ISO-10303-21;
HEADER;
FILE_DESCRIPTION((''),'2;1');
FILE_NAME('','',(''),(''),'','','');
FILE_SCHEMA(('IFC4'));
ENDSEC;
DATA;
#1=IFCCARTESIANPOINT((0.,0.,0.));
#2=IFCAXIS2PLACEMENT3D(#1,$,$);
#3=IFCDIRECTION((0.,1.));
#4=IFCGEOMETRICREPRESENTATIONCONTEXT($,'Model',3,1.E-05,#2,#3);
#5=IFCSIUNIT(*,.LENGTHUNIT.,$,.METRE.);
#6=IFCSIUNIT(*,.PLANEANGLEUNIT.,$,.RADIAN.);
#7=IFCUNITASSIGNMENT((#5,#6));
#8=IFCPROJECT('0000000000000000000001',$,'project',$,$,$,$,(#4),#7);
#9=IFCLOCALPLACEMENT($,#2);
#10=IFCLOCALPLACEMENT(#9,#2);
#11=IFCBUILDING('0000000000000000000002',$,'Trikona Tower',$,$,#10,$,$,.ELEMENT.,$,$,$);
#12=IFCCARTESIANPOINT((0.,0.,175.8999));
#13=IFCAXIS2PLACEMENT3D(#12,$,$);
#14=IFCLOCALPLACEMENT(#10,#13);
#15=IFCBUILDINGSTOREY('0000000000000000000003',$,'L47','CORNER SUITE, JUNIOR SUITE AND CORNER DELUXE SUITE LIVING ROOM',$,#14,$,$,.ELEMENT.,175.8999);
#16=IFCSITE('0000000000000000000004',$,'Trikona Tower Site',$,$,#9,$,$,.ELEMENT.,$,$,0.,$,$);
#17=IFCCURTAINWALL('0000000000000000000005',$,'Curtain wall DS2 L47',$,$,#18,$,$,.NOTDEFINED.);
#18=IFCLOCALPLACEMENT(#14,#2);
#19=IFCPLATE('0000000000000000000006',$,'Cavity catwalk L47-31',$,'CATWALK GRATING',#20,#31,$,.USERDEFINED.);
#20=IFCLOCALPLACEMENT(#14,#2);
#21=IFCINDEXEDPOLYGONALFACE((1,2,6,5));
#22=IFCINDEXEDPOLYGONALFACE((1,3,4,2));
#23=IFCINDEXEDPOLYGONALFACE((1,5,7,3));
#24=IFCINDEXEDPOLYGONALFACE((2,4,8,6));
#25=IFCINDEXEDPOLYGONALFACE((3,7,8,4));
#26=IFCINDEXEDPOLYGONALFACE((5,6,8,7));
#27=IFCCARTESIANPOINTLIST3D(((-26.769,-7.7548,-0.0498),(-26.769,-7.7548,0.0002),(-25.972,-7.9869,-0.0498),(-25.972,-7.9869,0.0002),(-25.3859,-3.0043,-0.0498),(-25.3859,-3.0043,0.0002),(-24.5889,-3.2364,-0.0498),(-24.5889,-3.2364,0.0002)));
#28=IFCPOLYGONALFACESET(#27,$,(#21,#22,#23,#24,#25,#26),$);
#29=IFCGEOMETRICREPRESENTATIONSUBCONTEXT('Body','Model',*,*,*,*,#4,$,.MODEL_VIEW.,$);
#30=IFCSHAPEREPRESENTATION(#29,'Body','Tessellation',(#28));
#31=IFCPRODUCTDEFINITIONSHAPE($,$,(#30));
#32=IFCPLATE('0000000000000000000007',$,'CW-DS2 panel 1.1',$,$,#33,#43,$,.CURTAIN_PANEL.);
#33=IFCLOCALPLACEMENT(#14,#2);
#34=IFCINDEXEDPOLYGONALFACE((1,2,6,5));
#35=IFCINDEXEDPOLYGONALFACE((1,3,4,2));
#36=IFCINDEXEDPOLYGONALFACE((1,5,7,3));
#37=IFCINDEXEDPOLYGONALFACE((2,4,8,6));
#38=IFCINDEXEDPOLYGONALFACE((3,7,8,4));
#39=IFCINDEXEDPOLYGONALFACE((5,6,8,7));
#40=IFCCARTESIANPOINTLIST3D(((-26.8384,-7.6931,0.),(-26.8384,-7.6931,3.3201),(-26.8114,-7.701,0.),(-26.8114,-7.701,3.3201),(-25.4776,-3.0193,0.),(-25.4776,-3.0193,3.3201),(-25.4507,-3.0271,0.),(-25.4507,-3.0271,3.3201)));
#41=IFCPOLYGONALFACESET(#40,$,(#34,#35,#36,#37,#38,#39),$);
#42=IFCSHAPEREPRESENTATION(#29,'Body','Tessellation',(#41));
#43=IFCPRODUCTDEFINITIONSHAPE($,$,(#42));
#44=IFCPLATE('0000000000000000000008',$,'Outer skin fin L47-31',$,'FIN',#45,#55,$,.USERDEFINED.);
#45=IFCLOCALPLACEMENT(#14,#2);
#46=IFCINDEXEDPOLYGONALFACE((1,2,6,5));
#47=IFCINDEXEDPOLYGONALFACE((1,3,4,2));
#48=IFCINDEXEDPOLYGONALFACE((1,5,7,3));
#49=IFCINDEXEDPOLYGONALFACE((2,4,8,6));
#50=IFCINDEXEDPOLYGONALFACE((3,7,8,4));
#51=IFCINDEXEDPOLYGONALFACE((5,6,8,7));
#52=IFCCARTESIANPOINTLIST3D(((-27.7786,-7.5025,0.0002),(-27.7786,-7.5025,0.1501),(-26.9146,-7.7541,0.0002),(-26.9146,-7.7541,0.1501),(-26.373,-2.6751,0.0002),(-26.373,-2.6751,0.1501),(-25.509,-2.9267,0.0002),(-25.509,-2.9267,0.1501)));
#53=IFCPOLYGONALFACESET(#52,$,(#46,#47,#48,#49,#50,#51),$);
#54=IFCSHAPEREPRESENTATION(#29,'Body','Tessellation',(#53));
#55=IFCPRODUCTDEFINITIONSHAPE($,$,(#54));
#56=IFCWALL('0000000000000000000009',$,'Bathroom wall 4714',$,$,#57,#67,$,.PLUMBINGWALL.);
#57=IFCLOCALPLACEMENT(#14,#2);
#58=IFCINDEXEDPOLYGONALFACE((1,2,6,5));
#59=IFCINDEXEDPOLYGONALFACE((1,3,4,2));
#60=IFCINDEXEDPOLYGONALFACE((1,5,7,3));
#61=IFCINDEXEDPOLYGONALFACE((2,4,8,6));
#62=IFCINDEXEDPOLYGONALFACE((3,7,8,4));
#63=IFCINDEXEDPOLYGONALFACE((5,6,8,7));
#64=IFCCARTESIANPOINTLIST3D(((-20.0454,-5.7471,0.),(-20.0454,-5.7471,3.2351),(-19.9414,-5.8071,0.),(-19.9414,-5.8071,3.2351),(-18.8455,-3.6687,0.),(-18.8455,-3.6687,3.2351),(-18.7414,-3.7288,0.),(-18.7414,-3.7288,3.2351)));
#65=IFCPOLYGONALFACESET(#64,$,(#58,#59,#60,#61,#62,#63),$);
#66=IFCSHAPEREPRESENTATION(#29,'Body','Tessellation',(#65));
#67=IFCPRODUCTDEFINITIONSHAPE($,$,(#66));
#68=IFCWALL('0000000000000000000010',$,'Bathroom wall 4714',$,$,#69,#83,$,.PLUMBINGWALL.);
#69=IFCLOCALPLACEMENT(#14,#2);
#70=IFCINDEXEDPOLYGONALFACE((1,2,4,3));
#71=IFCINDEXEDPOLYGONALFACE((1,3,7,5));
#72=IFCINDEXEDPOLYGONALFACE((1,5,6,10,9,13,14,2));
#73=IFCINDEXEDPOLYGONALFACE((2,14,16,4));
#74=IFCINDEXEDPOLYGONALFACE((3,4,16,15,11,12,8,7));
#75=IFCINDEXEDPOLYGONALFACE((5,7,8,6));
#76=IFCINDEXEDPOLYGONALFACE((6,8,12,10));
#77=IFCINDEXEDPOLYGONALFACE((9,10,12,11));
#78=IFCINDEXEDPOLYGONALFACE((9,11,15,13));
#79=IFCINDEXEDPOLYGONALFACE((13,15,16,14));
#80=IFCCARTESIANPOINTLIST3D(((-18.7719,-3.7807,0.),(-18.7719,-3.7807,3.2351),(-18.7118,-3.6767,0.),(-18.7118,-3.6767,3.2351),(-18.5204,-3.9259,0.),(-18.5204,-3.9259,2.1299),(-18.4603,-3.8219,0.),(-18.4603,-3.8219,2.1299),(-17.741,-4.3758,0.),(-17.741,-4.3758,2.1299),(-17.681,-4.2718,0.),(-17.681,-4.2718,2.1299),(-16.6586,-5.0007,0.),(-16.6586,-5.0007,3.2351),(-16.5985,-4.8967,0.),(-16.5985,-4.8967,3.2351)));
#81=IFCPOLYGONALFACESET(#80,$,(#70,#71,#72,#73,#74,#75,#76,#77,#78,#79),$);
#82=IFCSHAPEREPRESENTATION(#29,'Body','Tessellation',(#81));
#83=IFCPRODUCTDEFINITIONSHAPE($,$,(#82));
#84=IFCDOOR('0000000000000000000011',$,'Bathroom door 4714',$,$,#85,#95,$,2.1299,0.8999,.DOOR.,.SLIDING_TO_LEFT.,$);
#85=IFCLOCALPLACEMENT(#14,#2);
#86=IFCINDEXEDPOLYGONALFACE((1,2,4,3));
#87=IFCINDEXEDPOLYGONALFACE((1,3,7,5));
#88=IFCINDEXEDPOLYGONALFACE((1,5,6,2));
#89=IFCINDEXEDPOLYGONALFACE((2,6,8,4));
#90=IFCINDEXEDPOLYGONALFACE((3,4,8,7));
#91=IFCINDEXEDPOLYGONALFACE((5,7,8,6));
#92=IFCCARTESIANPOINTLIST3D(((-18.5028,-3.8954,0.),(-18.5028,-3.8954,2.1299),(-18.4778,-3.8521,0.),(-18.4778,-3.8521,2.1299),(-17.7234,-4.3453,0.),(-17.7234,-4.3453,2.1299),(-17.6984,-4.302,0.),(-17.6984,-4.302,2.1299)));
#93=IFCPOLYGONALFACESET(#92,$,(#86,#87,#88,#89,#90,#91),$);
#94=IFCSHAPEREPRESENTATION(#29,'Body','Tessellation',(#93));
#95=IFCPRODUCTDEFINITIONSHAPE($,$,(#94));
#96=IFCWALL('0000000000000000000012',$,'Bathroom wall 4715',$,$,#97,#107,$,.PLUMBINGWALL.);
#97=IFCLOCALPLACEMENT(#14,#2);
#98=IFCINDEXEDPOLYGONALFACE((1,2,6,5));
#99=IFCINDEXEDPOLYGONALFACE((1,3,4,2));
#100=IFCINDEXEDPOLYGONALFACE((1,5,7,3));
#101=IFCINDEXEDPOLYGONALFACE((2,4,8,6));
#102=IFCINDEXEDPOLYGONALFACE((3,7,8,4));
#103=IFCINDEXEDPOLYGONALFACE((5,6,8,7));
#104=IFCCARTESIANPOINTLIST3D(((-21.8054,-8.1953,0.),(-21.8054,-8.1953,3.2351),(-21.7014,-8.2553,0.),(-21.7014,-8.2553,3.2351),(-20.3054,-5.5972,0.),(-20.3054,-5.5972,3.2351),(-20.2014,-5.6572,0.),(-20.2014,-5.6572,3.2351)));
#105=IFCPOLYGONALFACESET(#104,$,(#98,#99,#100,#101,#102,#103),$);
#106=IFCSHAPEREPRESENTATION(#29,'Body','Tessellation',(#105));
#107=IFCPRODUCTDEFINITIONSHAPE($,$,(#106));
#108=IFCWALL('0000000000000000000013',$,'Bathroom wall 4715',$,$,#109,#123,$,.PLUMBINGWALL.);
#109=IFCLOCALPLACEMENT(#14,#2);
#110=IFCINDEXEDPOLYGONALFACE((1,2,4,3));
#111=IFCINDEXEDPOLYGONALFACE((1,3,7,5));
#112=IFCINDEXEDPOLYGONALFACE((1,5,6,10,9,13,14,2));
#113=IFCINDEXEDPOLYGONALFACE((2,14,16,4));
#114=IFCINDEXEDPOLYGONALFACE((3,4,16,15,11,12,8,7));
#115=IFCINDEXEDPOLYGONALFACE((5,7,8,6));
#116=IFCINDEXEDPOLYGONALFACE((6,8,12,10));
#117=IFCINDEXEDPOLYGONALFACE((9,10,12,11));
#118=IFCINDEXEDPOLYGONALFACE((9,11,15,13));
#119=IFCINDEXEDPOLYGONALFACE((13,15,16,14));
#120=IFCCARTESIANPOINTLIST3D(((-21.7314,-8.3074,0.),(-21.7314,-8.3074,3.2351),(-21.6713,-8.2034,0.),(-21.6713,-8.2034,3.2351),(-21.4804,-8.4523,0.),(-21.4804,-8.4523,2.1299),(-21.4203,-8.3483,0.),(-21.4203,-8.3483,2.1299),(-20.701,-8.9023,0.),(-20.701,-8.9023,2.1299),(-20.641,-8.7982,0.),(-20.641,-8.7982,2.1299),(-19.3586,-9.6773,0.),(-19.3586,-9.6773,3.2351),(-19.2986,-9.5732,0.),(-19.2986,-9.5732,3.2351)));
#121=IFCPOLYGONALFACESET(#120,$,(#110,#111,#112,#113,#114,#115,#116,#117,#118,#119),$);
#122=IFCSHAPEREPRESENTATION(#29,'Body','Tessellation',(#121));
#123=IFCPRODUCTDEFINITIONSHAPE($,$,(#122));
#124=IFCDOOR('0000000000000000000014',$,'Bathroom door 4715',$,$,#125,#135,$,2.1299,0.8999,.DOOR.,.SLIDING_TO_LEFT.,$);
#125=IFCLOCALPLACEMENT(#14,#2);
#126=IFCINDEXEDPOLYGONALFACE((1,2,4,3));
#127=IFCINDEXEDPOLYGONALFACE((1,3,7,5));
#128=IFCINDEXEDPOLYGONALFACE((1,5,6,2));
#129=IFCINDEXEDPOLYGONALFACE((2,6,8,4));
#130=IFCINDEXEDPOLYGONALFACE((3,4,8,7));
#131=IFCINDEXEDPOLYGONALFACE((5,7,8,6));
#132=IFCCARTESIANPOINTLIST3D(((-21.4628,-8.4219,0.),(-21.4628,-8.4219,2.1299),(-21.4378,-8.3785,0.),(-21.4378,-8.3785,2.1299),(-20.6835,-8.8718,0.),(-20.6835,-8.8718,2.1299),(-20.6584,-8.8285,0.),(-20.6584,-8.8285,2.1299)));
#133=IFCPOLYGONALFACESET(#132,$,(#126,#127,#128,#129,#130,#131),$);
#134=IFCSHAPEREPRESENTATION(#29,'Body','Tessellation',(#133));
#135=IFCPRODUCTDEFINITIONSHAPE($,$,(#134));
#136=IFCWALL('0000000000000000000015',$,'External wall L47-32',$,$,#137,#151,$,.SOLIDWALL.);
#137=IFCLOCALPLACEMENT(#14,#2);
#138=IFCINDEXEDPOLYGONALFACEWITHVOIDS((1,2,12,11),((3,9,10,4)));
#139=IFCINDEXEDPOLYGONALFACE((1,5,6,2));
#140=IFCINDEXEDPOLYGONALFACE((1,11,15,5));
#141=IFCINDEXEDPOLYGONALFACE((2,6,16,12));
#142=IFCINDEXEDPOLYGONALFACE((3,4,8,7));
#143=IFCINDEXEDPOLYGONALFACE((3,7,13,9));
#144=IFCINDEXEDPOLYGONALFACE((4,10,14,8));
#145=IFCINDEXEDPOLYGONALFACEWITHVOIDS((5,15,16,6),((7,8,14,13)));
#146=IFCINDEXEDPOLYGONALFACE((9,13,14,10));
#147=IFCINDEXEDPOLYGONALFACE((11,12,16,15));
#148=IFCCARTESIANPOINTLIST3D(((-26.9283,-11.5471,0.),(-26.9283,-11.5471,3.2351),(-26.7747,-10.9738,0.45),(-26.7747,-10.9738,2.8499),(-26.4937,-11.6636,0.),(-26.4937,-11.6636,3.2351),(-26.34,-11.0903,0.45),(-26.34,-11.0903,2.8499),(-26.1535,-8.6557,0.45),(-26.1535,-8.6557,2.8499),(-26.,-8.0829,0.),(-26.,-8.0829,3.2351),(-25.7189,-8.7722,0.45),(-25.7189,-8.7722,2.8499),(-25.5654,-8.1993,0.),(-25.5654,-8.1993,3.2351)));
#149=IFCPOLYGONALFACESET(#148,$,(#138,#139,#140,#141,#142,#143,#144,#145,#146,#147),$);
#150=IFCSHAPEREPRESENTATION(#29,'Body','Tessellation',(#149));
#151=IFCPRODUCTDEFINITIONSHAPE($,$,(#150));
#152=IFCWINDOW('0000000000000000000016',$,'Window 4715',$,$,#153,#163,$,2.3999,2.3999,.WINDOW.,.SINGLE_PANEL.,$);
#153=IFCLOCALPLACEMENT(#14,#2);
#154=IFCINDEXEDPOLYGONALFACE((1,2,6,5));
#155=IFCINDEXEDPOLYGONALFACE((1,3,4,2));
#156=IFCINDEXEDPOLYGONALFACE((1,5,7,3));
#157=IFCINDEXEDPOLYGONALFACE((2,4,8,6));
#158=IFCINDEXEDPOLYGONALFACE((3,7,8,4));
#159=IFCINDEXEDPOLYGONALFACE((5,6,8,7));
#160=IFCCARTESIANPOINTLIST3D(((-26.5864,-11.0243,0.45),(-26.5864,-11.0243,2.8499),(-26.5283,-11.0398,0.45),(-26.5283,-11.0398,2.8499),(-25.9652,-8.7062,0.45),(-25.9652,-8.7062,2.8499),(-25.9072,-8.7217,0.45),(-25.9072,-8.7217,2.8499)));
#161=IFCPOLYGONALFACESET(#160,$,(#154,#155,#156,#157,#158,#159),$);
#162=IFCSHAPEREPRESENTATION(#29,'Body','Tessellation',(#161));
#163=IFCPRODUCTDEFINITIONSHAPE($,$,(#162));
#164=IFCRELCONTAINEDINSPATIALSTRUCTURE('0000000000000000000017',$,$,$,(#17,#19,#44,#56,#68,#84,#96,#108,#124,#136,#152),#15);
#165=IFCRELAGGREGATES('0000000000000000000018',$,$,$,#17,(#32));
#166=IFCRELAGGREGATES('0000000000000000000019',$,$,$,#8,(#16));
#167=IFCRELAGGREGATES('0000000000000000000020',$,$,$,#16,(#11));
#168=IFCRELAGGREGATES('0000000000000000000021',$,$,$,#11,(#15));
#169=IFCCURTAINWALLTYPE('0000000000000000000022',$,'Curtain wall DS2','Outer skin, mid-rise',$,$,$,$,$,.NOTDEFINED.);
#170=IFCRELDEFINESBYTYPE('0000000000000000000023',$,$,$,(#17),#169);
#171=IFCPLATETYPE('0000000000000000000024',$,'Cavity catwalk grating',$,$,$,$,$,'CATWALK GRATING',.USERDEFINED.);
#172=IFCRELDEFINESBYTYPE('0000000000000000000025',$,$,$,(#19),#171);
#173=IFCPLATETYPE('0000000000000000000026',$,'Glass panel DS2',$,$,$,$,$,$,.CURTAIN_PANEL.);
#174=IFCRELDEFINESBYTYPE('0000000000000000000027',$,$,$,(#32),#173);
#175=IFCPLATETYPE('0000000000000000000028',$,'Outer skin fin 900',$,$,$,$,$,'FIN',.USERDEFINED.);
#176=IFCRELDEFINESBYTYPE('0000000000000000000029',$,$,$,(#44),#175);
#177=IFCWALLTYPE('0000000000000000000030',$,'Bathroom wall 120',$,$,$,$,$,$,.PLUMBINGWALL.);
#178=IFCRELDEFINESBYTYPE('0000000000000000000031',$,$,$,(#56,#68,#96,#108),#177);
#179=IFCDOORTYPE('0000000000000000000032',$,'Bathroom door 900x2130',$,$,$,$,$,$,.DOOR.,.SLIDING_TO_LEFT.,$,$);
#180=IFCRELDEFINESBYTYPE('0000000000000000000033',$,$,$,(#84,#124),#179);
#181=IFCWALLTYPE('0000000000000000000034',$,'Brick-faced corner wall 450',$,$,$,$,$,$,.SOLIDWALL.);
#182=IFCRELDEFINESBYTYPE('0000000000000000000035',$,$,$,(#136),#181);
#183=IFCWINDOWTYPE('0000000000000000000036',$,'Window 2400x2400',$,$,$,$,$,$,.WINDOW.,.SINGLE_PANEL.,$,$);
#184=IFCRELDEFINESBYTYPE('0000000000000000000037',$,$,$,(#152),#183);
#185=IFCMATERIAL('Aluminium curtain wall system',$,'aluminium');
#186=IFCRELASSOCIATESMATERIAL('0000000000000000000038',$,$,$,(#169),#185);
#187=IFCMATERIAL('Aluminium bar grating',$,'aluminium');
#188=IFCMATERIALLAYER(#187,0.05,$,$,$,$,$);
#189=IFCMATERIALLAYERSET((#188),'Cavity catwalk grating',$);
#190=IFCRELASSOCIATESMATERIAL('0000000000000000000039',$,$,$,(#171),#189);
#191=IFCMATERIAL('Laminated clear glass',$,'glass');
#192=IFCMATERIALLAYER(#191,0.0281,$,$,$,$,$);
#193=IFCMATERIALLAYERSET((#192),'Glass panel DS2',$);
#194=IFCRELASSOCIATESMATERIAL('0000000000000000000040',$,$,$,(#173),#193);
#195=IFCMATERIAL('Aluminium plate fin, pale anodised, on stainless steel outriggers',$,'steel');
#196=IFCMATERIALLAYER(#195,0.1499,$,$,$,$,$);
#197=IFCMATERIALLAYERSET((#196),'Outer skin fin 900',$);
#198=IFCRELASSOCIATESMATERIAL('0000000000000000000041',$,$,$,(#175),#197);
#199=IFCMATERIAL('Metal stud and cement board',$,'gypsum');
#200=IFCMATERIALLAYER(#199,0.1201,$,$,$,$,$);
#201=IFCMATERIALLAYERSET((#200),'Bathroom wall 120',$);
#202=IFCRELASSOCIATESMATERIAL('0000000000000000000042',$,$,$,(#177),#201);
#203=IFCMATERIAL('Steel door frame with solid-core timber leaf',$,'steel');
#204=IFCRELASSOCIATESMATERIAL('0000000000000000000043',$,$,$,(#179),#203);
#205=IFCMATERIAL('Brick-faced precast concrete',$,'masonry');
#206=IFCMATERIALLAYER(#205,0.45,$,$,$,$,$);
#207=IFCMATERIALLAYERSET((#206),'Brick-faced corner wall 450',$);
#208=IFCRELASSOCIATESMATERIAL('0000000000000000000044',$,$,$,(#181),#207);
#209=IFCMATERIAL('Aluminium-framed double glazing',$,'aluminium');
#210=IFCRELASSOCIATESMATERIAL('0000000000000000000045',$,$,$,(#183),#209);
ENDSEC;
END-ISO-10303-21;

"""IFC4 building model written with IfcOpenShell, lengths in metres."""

from ifc_helpers import new_model, si_unit, direction, frame, frame_2d, origin, origin_2d, place, context, subcontext, project, spatial, rectangle, extrude, material, layer, layer_set, type_object, element, fill, aggregate, save


model = new_model("IFC4")

# Units and contexts
model_context = context("Model", 3, precision=1e-05, world=origin(), true_north=direction((0.0, 1.0)))
body_context = subcontext(model_context, "Body", "Model", "MODEL_VIEW")
ifc_project = project(units=[si_unit("LENGTHUNIT", "METRE"), si_unit("PLANEANGLEUNIT", "RADIAN")], contexts=[model_context])

# Site, building, storey
site_placement = place(None, origin())
site = spatial("IfcSite", under=ifc_project, at=site_placement, Name="Trikona Tower Site", CompositionType="ELEMENT", RefElevation=0.0)
building_placement = place(site_placement, origin())
building = spatial("IfcBuilding", under=site, at=building_placement, Name="Trikona Tower", CompositionType="ELEMENT")
storey_placement = place(building_placement, frame((0.0, 0.0, 175.8999)))
storey = spatial("IfcBuildingStorey", under=building, at=storey_placement, Name="L47", Description="CORNER SUITE, JUNIOR SUITE AND CORNER DELUXE SUITE LIVING ROOM", CompositionType="ELEMENT", Elevation=175.8999)

# Shared definitions
ifc_material_1 = material(Name="Aluminium curtain wall system", Category="aluminium")
curtain_wall_type = type_object("IfcCurtainWallType", Name="Curtain wall DS2", Description="Outer skin, mid-rise", PredefinedType="NOTDEFINED", material=ifc_material_1)

# Curtain wall
curtain_wall_1_placement = place(storey_placement, origin())
curtain_wall_1 = element("IfcCurtainWall", 1, at=curtain_wall_1_placement, inside=storey, type_object=curtain_wall_type, Name="Curtain wall DS2 L47", PredefinedType="NOTDEFINED")

# Plates
ifc_material_2 = material(Name="Aluminium bar grating", Category="aluminium")
ifc_layer_1 = layer(ifc_material_2, 0.05)
ifc_layer_set_1 = layer_set([ifc_layer_1], Name="Cavity catwalk grating")
plate_type_1 = type_object("IfcPlateType", Name="Cavity catwalk grating", ElementType="CATWALK GRATING", PredefinedType="USERDEFINED", material=ifc_layer_set_1)
plate_1_placement = place(storey_placement, frame((-25.679, -5.4956, -0.0498), z_axis=(0.0, 0.0, 1.0), x_axis=(-0.279554, -0.96013, 0.0)))
element("IfcPlate", 2, at=plate_1_placement, inside=storey, type_object=plate_type_1, Name="Cavity catwalk L47-31", ObjectType="CATWALK GRATING", PredefinedType="USERDEFINED", context=body_context, shape_type="SweptSolid", body=[
    extrude(rectangle(XDim=4.9478, YDim=0.8301, at=origin_2d()), origin(), (0.0, 0.0, 1.0), 0.05),
])
ifc_material_3 = material(Name="Laminated clear glass", Category="glass")
ifc_layer_2 = layer(ifc_material_3, 0.0281)
ifc_layer_set_2 = layer_set([ifc_layer_2], Name="Glass panel DS2")
plate_type_2 = type_object("IfcPlateType", Name="Glass panel DS2", PredefinedType="CURTAIN_PANEL", material=ifc_layer_set_2)
plate_2_placement = place(storey_placement, frame((-26.1445, -5.3601, 0.0), z_axis=(0.0, 0.0, 1.0), x_axis=(-0.279543, -0.960133, 0.0)))
plate_2 = element("IfcPlate", 3, at=plate_2_placement, type_object=plate_type_2, Name="CW-DS2 panel 1.1", PredefinedType="CURTAIN_PANEL", context=body_context, shape_type="SweptSolid", body=[
    extrude(rectangle(XDim=4.8679, YDim=0.0281, at=origin_2d()), origin(), (0.0, 0.0, 1.0), 3.3201),
])
aggregate(curtain_wall_1, [plate_2])
ifc_material_4 = material(Name="Aluminium plate fin, pale anodised, on stainless steel outriggers", Category="steel")
ifc_layer_3 = layer(ifc_material_4, 0.1499)
ifc_layer_set_3 = layer_set([ifc_layer_3], Name="Outer skin fin 900")
plate_type_3 = type_object("IfcPlateType", Name="Outer skin fin 900", ElementType="FIN", PredefinedType="USERDEFINED", material=ifc_layer_set_3)
plate_3_placement = place(storey_placement, frame((-26.6438, -5.2146, 0.0002), z_axis=(0.0, 0.0, 1.0), x_axis=(-0.279554, -0.96013, 0.0)))
element("IfcPlate", 4, at=plate_3_placement, inside=storey, type_object=plate_type_3, Name="Outer skin fin L47-31", ObjectType="FIN", PredefinedType="USERDEFINED", context=body_context, shape_type="SweptSolid", body=[
    extrude(rectangle(XDim=5.0278, YDim=0.8999, at=origin_2d()), origin(), (0.0, 0.0, 1.0), 0.1499),
])

# Wall
ifc_material_5 = material(Name="Metal stud and cement board", Category="gypsum")
ifc_layer_4 = layer(ifc_material_5, 0.1201)
ifc_layer_set_4 = layer_set([ifc_layer_4], Name="Bathroom wall 120")
wall_type_1 = type_object("IfcWallType", Name="Bathroom wall 120", PredefinedType="PLUMBINGWALL", material=ifc_layer_set_4)
wall_1_placement = place(storey_placement, frame((-18.7935, -3.6987, 0.0), z_axis=(0.0, 0.0, 1.0), x_axis=(-0.500001, -0.866025, 0.0)))
element("IfcWall", 5, at=wall_1_placement, inside=storey, type_object=wall_type_1, Name="Bathroom wall 4714", PredefinedType="PLUMBINGWALL", context=body_context, shape_type="SweptSolid", body=[
    extrude(rectangle(XDim=2.3999, YDim=0.1201, at=frame_2d((1.2, 0.0))), origin(), (0.0, 0.0, 1.0), 3.2351),
])

# Wall, opening, door
wall_2_placement = place(storey_placement, frame((-16.6284, -4.9487, 0.0), z_axis=(0.0, 0.0, 1.0), x_axis=(-0.866049, 0.499959, 0.0)))
wall_2 = element("IfcWall", 6, at=wall_2_placement, inside=storey, type_object=wall_type_1, Name="Bathroom wall 4714", PredefinedType="PLUMBINGWALL", context=body_context, shape_type="SweptSolid", body=[
    extrude(rectangle(XDim=2.4402, YDim=0.1201, at=frame_2d((1.2202, 0.0))), origin(), (0.0, 0.0, 1.0), 3.2351),
])
opening_1_placement = place(wall_2_placement, frame((1.25, 0.0, 0.0)))
opening_1 = element("IfcOpeningElement", 7, at=opening_1_placement, cuts=wall_2, PredefinedType="OPENING", context=body_context, shape_type="SweptSolid", body=[
    extrude(rectangle(XDim=0.8999, YDim=2.1299, at=frame_2d((0.45, 1.0649))), frame((0.0, 0.0701, 0.0), z_axis=(0.0, -1.0, 0.0), x_axis=(1.0, 0.0, 0.0)), (0.0, 0.0, 1.0), 0.1401),
])
ifc_material_6 = material(Name="Steel door frame with solid-core timber leaf", Category="steel")
door_type_1 = type_object("IfcDoorType", Name="Bathroom door 900x2130", OperationType="SLIDING_TO_LEFT", PredefinedType="DOOR", material=ifc_material_6)
door_1_placement = place(opening_1_placement, origin())
door_1 = element("IfcDoor", 8, at=door_1_placement, inside=storey, type_object=door_type_1, Name="Bathroom door 4714", OperationType="SLIDING_TO_LEFT", OverallHeight=2.1299, OverallWidth=0.8999, PredefinedType="DOOR", context=body_context, shape_type="SweptSolid", body=[
    extrude(rectangle(XDim=0.8999, YDim=2.1299, at=frame_2d((0.45, 1.0649))), frame((0.0, 0.0249, 0.0), z_axis=(0.0, -1.0, 0.0), x_axis=(1.0, 0.0, 0.0)), (0.0, 0.0, 1.0), 0.05),
])
fill(opening_1, door_1)

# Wall
wall_3_placement = place(storey_placement, frame((-20.2534, -5.6272, 0.0), z_axis=(0.0, 0.0, 1.0), x_axis=(-0.49999, -0.866031, 0.0)))
element("IfcWall", 9, at=wall_3_placement, inside=storey, type_object=wall_type_1, Name="Bathroom wall 4715", PredefinedType="PLUMBINGWALL", context=body_context, shape_type="SweptSolid", body=[
    extrude(rectangle(XDim=3.0, YDim=0.1201, at=frame_2d((1.5, 0.0))), origin(), (0.0, 0.0, 1.0), 3.2351),
])

# Wall, opening, door
wall_4_placement = place(storey_placement, frame((-19.3286, -9.6252, 0.0), z_axis=(0.0, 0.0, 1.0), x_axis=(-0.866036, 0.499982, 0.0)))
wall_4 = element("IfcWall", 10, at=wall_4_placement, inside=storey, type_object=wall_type_1, Name="Bathroom wall 4715", PredefinedType="PLUMBINGWALL", context=body_context, shape_type="SweptSolid", body=[
    extrude(rectangle(XDim=2.7397, YDim=0.1201, at=frame_2d((1.3699, 0.0))), origin(), (0.0, 0.0, 1.0), 3.2351),
])
opening_2_placement = place(wall_4_placement, frame((1.55, 0.0, 0.0)))
opening_2 = element("IfcOpeningElement", 11, at=opening_2_placement, cuts=wall_4, PredefinedType="OPENING", context=body_context, shape_type="SweptSolid", body=[
    extrude(rectangle(XDim=0.8999, YDim=2.1299, at=frame_2d((0.45, 1.0649))), frame((0.0, 0.0701, 0.0), z_axis=(0.0, -1.0, 0.0), x_axis=(1.0, 0.0, 0.0)), (0.0, 0.0, 1.0), 0.1401),
])
door_2_placement = place(opening_2_placement, origin())
door_2 = element("IfcDoor", 12, at=door_2_placement, inside=storey, type_object=door_type_1, Name="Bathroom door 4715", OperationType="SLIDING_TO_LEFT", OverallHeight=2.1299, OverallWidth=0.8999, PredefinedType="DOOR", context=body_context, shape_type="SweptSolid", body=[
    extrude(rectangle(XDim=0.8999, YDim=2.1299, at=frame_2d((0.45, 1.0649))), frame((0.0, 0.0249, 0.0), z_axis=(0.0, -1.0, 0.0), x_axis=(1.0, 0.0, 0.0)), (0.0, 0.0, 1.0), 0.05),
])
fill(opening_2, door_2)

# Wall, opening, window
ifc_material_7 = material(Name="Brick-faced precast concrete", Category="masonry")
ifc_layer_5 = layer(ifc_material_7, 0.45)
ifc_layer_set_5 = layer_set([ifc_layer_5], Name="Brick-faced corner wall 450")
wall_type_2 = type_object("IfcWallType", Name="Brick-faced corner wall 450", PredefinedType="SOLIDWALL", material=ifc_layer_set_5)
wall_5_placement = place(storey_placement, frame((-25.7827, -8.1411, 0.0), z_axis=(0.0, 0.0, 1.0), x_axis=(-0.258823, -0.965925, 0.0)))
wall_5 = element("IfcWall", 13, at=wall_5_placement, inside=storey, type_object=wall_type_2, Name="External wall L47-32", PredefinedType="SOLIDWALL", context=body_context, shape_type="SweptSolid", body=[
    extrude(rectangle(XDim=3.5864, YDim=0.45, at=frame_2d((1.7932, 0.0))), origin(), (0.0, 0.0, 1.0), 3.2351),
])
opening_3_placement = place(wall_5_placement, frame((0.593, 0.0, 0.45)))
opening_3 = element("IfcOpeningElement", 14, at=opening_3_placement, cuts=wall_5, PredefinedType="OPENING", context=body_context, shape_type="SweptSolid", body=[
    extrude(rectangle(XDim=2.3999, YDim=2.3999, at=frame_2d((1.2, 1.2))), frame((0.0, 0.2349, 0.0), z_axis=(0.0, -1.0, 0.0), x_axis=(1.0, 0.0, 0.0)), (0.0, 0.0, 1.0), 0.47),
])
ifc_material_8 = material(Name="Aluminium-framed double glazing", Category="aluminium")
window_type_1 = type_object("IfcWindowType", Name="Window 2400x2400", PartitioningType="SINGLE_PANEL", PredefinedType="WINDOW", material=ifc_material_8)
window_1_placement = place(opening_3_placement, origin())
window_1 = element("IfcWindow", 15, at=window_1_placement, inside=storey, type_object=window_type_1, Name="Window 4715", OverallHeight=2.3999, OverallWidth=2.3999, PartitioningType="SINGLE_PANEL", PredefinedType="WINDOW", context=body_context, shape_type="SweptSolid", body=[
    extrude(rectangle(XDim=2.3999, YDim=2.3999, at=frame_2d((1.2, 1.2))), frame((0.0, 0.03, 0.0), z_axis=(0.0, -1.0, 0.0), x_axis=(1.0, 0.0, 0.0)), (0.0, 0.0, 1.0), 0.0601),
])
fill(opening_3, window_1)

save(model, "model.ifc")
